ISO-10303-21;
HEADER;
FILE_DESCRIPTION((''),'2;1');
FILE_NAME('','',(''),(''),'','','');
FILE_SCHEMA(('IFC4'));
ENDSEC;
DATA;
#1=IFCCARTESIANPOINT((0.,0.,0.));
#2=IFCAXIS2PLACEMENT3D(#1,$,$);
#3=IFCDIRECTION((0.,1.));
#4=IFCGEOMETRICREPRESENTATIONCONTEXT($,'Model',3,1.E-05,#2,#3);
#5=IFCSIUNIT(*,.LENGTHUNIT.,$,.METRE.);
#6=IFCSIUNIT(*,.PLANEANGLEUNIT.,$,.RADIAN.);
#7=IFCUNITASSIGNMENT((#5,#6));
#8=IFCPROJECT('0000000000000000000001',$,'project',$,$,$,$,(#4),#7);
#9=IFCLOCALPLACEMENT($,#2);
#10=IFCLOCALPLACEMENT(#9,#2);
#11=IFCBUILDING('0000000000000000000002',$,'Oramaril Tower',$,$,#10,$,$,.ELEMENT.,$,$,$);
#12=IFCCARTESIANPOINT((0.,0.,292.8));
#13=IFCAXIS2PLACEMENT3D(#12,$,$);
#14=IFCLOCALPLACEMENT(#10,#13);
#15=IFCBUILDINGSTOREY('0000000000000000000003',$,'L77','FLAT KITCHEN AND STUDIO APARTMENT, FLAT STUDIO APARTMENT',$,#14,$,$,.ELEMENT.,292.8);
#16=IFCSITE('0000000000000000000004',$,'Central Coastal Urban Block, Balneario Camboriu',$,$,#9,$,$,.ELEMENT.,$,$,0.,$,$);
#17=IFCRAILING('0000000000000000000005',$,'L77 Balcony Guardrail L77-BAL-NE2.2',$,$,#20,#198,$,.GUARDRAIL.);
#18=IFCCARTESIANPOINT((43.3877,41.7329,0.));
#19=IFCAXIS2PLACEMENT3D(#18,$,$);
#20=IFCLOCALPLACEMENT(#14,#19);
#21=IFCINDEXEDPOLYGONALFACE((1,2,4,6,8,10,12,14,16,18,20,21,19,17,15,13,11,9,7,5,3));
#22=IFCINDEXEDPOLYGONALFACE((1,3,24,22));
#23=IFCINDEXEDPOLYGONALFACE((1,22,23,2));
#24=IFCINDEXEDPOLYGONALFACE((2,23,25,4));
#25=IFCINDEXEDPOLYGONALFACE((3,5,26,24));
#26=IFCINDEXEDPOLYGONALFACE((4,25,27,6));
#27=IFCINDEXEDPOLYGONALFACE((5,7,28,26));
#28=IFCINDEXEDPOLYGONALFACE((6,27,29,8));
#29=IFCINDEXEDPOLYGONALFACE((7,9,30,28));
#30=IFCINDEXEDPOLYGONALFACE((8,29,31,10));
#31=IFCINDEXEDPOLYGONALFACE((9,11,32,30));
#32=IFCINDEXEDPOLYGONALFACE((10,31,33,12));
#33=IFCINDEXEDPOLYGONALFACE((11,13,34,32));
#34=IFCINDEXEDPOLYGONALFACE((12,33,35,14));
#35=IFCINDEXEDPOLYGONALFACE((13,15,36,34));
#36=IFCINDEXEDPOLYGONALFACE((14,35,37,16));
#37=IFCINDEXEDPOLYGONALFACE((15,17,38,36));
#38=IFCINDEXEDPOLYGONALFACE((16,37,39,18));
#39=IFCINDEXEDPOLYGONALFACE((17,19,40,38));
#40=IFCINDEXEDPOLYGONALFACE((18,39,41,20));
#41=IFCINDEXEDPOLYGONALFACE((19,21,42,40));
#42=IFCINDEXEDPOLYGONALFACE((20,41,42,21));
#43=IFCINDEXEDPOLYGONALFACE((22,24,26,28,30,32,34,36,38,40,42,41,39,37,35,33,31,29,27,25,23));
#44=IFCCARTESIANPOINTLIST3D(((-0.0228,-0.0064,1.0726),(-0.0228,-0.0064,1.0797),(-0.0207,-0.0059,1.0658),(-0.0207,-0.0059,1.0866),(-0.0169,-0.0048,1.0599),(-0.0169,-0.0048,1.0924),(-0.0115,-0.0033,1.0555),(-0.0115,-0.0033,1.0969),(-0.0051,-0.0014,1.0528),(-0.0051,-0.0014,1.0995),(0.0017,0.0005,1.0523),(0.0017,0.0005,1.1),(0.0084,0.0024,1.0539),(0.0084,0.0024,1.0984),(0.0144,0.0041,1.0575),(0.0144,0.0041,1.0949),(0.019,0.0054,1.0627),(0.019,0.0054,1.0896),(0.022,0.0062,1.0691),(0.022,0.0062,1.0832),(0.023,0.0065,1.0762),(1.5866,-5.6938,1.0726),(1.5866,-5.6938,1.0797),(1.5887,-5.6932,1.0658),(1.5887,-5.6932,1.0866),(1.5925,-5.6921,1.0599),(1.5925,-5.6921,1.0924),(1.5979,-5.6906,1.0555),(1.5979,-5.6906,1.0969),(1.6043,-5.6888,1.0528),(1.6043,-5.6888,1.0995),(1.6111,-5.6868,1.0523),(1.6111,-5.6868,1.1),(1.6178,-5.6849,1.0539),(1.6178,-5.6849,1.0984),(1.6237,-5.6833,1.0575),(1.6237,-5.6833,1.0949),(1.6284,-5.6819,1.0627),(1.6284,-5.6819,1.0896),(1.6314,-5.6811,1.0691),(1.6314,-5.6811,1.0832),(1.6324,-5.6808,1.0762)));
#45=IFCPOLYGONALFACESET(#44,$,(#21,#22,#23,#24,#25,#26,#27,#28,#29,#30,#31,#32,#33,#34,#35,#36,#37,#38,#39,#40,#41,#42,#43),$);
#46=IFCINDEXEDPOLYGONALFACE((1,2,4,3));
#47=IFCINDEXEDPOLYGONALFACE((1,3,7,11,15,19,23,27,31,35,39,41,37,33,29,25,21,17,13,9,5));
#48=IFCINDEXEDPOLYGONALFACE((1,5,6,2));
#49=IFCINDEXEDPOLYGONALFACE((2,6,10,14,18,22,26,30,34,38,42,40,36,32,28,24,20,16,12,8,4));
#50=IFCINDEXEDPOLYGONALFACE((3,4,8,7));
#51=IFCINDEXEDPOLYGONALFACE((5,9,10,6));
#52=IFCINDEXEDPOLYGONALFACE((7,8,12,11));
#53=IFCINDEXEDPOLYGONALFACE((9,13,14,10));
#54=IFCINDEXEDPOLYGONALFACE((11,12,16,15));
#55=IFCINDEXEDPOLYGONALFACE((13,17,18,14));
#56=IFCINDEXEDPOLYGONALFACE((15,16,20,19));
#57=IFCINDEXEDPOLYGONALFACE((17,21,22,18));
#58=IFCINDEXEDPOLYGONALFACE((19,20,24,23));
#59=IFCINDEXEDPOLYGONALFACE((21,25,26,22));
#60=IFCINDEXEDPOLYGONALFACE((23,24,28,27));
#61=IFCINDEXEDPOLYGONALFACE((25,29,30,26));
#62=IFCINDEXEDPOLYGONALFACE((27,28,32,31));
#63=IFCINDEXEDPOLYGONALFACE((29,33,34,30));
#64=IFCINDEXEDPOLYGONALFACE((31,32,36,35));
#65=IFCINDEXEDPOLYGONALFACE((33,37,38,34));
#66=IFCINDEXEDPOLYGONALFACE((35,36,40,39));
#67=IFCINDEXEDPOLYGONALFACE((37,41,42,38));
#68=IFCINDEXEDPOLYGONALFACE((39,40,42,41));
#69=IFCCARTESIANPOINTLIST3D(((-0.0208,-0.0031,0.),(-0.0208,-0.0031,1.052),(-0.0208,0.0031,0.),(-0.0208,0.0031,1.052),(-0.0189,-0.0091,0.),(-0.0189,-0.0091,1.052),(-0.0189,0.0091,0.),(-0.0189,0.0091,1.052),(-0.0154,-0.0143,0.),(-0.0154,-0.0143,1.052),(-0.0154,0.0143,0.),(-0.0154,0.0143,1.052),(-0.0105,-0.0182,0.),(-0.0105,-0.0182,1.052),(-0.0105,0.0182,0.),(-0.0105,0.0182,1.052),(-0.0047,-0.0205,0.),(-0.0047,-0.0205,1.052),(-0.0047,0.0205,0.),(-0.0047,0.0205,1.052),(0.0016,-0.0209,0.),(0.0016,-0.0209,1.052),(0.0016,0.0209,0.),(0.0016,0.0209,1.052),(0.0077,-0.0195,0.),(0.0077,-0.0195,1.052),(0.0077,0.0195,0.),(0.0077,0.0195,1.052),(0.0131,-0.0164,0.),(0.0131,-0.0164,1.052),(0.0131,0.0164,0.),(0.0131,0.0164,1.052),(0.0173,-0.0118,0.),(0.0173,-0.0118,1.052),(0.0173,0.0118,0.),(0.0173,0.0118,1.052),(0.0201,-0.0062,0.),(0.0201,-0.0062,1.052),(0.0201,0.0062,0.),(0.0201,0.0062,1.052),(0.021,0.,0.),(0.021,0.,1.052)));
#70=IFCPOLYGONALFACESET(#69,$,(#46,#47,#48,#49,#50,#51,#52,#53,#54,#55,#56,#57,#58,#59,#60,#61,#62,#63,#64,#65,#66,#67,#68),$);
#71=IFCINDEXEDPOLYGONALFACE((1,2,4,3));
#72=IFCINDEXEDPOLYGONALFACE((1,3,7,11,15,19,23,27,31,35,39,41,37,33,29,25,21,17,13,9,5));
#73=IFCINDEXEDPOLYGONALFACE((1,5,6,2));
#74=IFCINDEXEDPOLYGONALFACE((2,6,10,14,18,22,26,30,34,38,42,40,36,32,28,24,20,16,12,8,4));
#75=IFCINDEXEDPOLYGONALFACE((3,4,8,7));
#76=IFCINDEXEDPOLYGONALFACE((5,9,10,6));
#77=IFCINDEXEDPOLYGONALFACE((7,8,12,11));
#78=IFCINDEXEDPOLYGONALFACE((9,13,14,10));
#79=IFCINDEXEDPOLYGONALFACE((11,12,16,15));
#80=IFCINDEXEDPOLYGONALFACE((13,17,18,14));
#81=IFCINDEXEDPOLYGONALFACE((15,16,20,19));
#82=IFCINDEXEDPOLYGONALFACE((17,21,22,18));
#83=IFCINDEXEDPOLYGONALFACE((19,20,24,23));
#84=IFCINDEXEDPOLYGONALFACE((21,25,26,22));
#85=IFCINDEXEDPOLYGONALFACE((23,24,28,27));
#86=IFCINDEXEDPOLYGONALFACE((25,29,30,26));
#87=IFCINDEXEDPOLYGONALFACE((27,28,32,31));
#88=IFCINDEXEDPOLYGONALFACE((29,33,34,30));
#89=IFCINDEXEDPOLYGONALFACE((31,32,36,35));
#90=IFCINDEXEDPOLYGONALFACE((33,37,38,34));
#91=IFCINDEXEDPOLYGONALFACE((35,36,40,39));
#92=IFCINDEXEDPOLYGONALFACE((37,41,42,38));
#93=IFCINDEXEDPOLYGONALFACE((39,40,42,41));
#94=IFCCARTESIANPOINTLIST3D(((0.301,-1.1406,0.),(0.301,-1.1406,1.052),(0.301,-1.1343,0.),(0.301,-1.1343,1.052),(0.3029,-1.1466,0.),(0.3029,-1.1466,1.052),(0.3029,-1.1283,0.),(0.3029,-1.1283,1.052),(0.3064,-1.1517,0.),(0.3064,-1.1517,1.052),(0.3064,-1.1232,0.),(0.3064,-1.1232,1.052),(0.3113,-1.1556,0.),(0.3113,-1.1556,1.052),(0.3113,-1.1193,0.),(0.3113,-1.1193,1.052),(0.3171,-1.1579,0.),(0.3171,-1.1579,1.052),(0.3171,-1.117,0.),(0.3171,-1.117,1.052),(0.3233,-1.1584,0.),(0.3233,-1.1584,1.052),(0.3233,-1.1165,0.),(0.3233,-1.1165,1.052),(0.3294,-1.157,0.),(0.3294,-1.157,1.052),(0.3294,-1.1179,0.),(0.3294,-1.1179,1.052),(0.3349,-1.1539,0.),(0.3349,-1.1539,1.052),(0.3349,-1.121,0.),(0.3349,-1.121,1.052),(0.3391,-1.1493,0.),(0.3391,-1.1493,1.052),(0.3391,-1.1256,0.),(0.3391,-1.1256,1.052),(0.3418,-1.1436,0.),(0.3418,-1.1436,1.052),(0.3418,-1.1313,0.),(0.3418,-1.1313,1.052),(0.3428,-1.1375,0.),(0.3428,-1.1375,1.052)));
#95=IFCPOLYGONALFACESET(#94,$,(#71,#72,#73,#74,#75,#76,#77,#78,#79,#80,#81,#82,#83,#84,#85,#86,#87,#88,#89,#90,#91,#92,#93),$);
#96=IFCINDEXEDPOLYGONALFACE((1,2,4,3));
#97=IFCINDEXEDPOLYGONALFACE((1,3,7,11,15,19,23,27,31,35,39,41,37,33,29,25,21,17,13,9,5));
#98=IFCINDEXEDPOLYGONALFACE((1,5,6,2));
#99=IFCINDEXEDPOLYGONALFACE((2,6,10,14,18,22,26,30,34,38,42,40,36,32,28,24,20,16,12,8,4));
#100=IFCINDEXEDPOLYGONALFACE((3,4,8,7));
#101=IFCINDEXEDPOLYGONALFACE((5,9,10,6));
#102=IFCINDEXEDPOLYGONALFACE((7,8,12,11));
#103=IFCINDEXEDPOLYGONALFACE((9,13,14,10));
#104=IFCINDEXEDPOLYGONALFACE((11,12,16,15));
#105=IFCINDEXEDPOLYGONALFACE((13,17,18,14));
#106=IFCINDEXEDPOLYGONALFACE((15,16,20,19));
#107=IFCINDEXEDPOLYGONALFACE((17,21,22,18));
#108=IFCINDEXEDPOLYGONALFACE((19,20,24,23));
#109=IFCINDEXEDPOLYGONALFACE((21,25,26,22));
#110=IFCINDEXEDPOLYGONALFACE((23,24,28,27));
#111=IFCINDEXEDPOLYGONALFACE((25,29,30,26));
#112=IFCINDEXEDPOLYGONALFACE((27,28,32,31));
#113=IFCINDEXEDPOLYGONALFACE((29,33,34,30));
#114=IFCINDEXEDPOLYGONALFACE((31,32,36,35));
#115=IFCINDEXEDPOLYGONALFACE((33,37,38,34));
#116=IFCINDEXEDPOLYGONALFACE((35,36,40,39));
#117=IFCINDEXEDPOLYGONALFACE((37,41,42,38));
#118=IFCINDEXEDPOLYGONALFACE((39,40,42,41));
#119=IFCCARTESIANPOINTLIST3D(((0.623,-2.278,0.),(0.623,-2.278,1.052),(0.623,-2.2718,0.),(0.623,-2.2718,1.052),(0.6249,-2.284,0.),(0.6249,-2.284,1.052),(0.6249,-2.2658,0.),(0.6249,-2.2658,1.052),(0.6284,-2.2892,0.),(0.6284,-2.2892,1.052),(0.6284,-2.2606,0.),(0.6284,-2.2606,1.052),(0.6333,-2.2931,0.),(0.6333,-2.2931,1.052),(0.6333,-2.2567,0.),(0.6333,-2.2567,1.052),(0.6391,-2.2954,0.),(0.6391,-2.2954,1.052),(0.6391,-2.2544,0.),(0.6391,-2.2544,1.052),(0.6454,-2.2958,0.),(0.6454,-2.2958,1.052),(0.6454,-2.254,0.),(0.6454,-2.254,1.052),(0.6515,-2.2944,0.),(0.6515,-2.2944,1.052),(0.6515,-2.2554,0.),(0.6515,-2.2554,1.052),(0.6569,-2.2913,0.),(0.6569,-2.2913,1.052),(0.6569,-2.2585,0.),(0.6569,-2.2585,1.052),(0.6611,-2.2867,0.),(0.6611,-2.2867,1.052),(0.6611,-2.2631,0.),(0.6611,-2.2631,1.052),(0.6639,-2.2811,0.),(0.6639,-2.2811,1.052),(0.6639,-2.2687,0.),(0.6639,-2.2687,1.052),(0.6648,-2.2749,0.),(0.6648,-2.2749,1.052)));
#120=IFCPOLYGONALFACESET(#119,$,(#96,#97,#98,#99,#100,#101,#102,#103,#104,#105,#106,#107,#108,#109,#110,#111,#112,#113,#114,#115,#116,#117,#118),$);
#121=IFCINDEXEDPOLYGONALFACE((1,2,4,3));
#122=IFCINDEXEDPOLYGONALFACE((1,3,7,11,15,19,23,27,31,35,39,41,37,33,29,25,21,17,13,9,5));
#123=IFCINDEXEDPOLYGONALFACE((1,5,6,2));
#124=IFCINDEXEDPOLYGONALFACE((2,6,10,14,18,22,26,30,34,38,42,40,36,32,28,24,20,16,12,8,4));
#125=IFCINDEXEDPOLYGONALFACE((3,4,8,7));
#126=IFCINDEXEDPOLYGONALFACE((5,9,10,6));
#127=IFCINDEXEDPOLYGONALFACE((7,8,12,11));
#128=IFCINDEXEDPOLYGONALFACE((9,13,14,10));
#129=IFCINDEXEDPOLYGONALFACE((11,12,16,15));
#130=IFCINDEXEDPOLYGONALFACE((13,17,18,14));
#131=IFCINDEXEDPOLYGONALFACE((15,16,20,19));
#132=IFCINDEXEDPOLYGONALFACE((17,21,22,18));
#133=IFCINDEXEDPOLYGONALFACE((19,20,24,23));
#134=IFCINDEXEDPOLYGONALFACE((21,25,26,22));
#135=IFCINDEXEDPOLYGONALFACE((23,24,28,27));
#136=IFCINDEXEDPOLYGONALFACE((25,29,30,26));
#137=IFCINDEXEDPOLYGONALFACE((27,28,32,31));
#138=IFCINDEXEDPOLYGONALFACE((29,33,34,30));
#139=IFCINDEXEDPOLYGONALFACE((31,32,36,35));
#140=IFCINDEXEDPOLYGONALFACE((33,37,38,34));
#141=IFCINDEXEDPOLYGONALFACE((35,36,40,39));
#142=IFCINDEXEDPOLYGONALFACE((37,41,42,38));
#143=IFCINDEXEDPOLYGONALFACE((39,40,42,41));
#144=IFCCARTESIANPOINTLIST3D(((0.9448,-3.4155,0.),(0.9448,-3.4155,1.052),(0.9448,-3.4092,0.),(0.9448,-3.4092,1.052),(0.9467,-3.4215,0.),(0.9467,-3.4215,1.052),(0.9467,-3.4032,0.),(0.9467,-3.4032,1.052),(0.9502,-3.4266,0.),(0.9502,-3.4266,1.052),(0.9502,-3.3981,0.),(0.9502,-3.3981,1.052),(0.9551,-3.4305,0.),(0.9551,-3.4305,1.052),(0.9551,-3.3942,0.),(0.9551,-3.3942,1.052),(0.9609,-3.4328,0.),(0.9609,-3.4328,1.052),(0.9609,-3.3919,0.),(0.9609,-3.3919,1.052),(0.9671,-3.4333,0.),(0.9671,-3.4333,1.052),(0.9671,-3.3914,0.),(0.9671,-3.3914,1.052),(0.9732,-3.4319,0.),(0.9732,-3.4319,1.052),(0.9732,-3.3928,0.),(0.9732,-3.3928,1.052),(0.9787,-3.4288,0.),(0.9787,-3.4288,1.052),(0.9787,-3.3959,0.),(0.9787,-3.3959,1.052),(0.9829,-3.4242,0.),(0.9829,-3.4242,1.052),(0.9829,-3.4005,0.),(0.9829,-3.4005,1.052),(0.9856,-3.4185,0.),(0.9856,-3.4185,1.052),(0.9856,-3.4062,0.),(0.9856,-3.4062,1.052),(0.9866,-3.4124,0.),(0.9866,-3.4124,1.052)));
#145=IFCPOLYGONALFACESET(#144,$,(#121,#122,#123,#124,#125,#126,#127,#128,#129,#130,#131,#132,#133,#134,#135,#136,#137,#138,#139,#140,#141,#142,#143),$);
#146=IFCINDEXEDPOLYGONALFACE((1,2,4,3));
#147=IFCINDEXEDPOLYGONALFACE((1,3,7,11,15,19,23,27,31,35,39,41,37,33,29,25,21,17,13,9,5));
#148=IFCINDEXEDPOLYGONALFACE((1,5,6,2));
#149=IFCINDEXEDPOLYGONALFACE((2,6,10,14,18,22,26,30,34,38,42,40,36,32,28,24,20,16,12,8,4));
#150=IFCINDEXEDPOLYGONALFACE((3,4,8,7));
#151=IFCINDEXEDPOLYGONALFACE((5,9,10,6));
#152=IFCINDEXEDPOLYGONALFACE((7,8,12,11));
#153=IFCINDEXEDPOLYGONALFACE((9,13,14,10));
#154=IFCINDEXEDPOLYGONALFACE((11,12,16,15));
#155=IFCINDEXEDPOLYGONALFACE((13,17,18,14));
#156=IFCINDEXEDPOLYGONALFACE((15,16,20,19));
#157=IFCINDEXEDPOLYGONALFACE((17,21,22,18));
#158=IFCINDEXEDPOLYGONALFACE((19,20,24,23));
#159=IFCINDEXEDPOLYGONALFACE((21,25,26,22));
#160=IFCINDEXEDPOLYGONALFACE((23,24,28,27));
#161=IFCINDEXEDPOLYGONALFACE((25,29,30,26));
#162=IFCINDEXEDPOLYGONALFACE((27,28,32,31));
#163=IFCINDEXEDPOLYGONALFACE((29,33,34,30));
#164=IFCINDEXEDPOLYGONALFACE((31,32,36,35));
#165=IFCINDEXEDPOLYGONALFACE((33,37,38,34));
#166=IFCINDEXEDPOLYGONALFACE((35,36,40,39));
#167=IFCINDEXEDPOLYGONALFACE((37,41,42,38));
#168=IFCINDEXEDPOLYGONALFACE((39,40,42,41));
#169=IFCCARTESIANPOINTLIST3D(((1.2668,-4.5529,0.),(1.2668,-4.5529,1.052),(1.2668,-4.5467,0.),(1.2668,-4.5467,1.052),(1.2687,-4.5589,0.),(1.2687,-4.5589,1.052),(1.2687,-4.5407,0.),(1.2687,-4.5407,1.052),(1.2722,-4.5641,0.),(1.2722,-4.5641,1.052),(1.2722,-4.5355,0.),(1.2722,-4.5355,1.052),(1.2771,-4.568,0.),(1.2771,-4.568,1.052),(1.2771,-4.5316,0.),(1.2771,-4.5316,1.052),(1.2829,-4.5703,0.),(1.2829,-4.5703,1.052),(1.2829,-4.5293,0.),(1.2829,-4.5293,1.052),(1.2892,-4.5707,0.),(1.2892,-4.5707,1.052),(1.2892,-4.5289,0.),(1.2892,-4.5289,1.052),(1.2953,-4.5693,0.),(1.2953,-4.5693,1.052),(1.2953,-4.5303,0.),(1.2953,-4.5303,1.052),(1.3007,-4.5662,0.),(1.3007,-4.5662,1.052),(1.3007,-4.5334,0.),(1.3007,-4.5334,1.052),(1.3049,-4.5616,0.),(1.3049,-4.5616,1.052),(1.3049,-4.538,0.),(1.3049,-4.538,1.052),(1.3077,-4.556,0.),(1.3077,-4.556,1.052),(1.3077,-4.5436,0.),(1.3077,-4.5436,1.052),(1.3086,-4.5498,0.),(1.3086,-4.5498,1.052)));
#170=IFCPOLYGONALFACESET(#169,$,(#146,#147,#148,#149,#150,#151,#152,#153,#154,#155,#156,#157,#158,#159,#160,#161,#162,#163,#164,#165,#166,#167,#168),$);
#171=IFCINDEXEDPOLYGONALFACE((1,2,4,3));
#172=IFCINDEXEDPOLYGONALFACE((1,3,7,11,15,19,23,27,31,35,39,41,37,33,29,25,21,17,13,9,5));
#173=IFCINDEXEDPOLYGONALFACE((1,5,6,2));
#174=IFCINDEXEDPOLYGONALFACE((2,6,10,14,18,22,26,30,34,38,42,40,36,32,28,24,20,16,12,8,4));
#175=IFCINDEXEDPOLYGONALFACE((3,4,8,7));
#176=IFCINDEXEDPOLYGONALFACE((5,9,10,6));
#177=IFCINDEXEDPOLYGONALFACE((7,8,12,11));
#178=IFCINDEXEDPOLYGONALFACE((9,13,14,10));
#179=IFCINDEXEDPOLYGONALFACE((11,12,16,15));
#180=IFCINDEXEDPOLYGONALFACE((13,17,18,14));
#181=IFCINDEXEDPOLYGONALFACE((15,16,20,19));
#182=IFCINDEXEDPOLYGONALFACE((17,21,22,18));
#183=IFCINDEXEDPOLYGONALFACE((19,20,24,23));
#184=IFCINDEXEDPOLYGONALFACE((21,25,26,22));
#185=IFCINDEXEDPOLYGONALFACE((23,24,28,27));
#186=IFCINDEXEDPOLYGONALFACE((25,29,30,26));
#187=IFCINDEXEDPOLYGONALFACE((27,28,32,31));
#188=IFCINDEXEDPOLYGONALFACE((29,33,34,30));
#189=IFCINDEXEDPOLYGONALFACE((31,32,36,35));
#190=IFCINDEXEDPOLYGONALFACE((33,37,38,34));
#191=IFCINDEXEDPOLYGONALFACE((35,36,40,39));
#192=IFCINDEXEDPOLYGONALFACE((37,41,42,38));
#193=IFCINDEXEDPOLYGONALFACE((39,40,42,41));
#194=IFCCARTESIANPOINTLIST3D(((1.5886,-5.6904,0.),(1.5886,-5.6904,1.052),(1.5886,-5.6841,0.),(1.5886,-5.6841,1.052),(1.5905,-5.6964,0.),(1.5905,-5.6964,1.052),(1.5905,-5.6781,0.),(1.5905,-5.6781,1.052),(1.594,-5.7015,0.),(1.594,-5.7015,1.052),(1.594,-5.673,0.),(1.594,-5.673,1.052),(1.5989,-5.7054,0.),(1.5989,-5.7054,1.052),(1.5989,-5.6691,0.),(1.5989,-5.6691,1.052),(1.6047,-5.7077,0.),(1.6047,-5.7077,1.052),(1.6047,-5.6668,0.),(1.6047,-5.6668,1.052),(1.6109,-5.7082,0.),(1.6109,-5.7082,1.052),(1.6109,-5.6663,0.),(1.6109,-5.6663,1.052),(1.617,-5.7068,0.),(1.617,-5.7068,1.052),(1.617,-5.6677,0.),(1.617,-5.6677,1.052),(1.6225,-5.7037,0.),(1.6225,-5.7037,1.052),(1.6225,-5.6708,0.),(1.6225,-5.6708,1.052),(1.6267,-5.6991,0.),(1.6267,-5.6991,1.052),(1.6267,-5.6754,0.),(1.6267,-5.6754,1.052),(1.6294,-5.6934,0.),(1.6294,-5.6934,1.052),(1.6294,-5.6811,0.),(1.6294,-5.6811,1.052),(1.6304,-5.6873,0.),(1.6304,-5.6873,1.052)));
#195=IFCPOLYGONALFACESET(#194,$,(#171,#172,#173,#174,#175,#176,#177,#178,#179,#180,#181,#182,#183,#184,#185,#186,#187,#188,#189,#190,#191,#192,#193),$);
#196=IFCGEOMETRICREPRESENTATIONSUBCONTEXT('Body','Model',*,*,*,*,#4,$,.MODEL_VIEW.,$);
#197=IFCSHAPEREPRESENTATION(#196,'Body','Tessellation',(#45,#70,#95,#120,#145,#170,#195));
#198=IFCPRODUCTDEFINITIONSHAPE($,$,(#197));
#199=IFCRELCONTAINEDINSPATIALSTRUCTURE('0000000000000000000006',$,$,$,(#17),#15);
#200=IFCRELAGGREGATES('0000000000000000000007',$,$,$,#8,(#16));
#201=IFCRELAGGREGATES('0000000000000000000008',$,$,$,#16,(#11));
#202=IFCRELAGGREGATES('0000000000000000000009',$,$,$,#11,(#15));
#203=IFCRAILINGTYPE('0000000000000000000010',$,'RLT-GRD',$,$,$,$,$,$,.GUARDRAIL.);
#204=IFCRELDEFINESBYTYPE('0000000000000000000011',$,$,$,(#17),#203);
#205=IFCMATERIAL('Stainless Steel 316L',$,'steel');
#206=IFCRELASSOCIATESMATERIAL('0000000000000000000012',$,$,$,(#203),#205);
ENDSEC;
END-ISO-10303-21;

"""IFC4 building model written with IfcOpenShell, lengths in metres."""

from ifc_helpers import new_model, si_unit, direction, frame, origin, origin_2d, place, context, subcontext, project, spatial, circle, extrude, material, type_object, element, save


model = new_model("IFC4")

# Units and contexts
model_context = context("Model", 3, precision=1e-05, world=origin(), true_north=direction((0.0, 1.0)))
body_context = subcontext(model_context, "Body", "Model", "MODEL_VIEW")
ifc_project = project(units=[si_unit("LENGTHUNIT", "METRE"), si_unit("PLANEANGLEUNIT", "RADIAN")], contexts=[model_context])

# Site, building, storey
site_placement = place(None, origin())
site = spatial("IfcSite", under=ifc_project, at=site_placement, Name="Central Coastal Urban Block, Balneario Camboriu", CompositionType="ELEMENT", RefElevation=0.0)
building_placement = place(site_placement, origin())
building = spatial("IfcBuilding", under=site, at=building_placement, Name="Oramaril Tower", CompositionType="ELEMENT")
storey_placement = place(building_placement, frame((0.0, 0.0, 292.8)))
storey = spatial("IfcBuildingStorey", under=building, at=storey_placement, Name="L77", Description="FLAT KITCHEN AND STUDIO APARTMENT, FLAT STUDIO APARTMENT", CompositionType="ELEMENT", Elevation=292.8)

# Railing
ifc_material_1 = material(Name="Stainless Steel 316L", Category="steel")
railing_type = type_object("IfcRailingType", Name="RLT-GRD", PredefinedType="GUARDRAIL", material=ifc_material_1)
railing_1_placement = place(storey_placement, frame((43.3877, 41.7329, 0.0)))
element("IfcRailing", 1, at=railing_1_placement, inside=storey, type_object=railing_type, Name="L77 Balcony Guardrail L77-BAL-NE2.2", PredefinedType="GUARDRAIL", context=body_context, shape_type="SweptSolid", body=[
    extrude(circle(Radius=0.0239, at=origin_2d()), frame((0.0, 0.0, 1.0762), z_axis=(0.272287, -0.962216, 0.0), x_axis=(0.962216, 0.272287, 0.0)), (0.0, 0.0, 1.0), 5.9106),
    extrude(circle(Radius=0.021, at=origin_2d()), origin(), (0.0, 0.0, 1.0), 1.052),
    extrude(circle(Radius=0.021, at=origin_2d()), frame((0.3218, -1.1375, 0.0)), (0.0, 0.0, 1.0), 1.052),
    extrude(circle(Radius=0.021, at=origin_2d()), frame((0.6438, -2.2749, 0.0)), (0.0, 0.0, 1.0), 1.052),
    extrude(circle(Radius=0.021, at=origin_2d()), frame((0.9656, -3.4124, 0.0)), (0.0, 0.0, 1.0), 1.052),
    extrude(circle(Radius=0.021, at=origin_2d()), frame((1.2876, -4.5498, 0.0)), (0.0, 0.0, 1.0), 1.052),
    extrude(circle(Radius=0.021, at=origin_2d()), frame((1.6094, -5.6873, 0.0)), (0.0, 0.0, 1.0), 1.052),
])

save(model, "model.ifc")
